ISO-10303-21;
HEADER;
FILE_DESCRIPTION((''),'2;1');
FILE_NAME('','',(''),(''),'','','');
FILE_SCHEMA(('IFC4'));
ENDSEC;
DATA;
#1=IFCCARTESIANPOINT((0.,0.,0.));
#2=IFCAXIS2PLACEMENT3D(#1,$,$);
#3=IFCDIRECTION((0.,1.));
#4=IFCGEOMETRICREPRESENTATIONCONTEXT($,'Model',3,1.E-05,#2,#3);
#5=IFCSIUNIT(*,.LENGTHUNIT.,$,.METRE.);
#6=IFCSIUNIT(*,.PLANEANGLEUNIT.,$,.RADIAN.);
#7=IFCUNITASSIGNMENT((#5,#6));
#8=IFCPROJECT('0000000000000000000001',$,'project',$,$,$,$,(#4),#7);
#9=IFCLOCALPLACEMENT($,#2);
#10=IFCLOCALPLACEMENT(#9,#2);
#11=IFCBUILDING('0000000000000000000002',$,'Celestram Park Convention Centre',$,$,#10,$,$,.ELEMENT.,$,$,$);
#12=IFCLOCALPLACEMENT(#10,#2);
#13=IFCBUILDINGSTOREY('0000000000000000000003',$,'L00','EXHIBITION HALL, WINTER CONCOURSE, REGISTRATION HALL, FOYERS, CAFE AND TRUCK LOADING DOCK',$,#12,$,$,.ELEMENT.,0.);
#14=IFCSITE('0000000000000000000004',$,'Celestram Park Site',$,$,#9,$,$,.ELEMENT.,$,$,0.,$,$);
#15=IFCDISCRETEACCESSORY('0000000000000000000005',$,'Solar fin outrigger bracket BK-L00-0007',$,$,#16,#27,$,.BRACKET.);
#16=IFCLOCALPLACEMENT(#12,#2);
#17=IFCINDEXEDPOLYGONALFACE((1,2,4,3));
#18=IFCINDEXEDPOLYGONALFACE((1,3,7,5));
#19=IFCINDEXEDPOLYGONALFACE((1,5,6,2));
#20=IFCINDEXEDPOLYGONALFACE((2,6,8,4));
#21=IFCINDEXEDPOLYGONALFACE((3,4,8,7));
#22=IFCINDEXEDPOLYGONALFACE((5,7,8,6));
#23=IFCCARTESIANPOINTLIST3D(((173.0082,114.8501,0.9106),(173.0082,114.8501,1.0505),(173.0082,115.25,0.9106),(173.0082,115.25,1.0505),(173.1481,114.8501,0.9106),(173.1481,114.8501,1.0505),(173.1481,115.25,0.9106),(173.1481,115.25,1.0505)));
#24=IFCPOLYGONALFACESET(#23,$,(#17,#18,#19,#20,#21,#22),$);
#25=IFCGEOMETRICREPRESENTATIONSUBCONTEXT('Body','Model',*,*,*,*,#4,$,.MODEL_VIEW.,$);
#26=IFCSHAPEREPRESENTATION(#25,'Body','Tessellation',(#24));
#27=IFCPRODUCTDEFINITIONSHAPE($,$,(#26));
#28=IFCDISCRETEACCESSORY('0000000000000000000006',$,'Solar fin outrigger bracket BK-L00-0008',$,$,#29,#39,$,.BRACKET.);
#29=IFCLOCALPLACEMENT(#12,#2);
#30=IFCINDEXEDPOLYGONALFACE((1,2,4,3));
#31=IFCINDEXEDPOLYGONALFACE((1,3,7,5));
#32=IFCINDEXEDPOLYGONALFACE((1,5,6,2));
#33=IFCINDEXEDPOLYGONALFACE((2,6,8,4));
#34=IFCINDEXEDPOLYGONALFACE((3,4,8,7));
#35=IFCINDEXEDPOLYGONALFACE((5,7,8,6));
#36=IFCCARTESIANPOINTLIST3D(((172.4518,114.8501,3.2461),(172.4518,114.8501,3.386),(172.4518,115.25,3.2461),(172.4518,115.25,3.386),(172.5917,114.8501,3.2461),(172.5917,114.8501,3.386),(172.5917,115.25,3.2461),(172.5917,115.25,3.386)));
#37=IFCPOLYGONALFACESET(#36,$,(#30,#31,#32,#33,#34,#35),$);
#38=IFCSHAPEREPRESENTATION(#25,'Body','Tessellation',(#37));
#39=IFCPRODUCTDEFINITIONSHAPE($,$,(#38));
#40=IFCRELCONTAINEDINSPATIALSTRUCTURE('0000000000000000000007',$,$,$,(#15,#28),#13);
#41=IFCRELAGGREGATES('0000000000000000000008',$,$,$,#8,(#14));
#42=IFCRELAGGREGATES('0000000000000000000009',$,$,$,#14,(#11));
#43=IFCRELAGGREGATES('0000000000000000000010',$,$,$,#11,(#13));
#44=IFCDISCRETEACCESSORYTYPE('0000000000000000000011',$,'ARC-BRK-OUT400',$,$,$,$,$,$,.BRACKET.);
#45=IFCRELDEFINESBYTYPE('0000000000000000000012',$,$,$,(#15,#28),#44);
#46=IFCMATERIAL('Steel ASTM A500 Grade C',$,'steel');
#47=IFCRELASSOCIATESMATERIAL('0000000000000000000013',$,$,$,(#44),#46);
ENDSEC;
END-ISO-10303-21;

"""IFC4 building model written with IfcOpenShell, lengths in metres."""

from ifc_helpers import new_model, si_unit, direction, frame, origin, origin_2d, place, context, subcontext, project, spatial, rectangle, extrude, material, type_object, element, save


model = new_model("IFC4")

# Units and contexts
model_context = context("Model", 3, precision=1e-05, world=origin(), true_north=direction((0.0, 1.0)))
body_context = subcontext(model_context, "Body", "Model", "MODEL_VIEW")
ifc_project = project(units=[si_unit("LENGTHUNIT", "METRE"), si_unit("PLANEANGLEUNIT", "RADIAN")], contexts=[model_context])

# Site, building, storey
site_placement = place(None, origin())
site = spatial("IfcSite", under=ifc_project, at=site_placement, Name="Celestram Park Site", CompositionType="ELEMENT", RefElevation=0.0)
building_placement = place(site_placement, origin())
building = spatial("IfcBuilding", under=site, at=building_placement, Name="Celestram Park Convention Centre", CompositionType="ELEMENT")
storey_placement = place(building_placement, origin())
storey = spatial("IfcBuildingStorey", under=building, at=storey_placement, Name="L00", Description="EXHIBITION HALL, WINTER CONCOURSE, REGISTRATION HALL, FOYERS, CAFE AND TRUCK LOADING DOCK", CompositionType="ELEMENT", Elevation=0.0)

# Shared definitions
ifc_material_1 = material(Name="Steel ASTM A500 Grade C", Category="steel")

# Discrete accessories
discrete_accessory_type = type_object("IfcDiscreteAccessoryType", Name="ARC-BRK-OUT400", PredefinedType="BRACKET", material=ifc_material_1)
for number, where, z_axis, x_axis, name in (
    (1, (173.0781, 115.05, 0.9106), (0.0, 0.0, 1.0), (0.0, -1.0, 0.0), "Solar fin outrigger bracket BK-L00-0007"),
    (2, (172.5217, 115.05, 3.2461), (0.0, 0.0, 1.0), (0.0, -1.0, 0.0), "Solar fin outrigger bracket BK-L00-0008"),
):
    element("IfcDiscreteAccessory", number, at=place(storey_placement, frame(where, z_axis=z_axis, x_axis=x_axis)), inside=storey, type_object=discrete_accessory_type, Name=name, PredefinedType="BRACKET", context=body_context, shape_type="SweptSolid", body=[
        extrude(rectangle(XDim=0.3999, YDim=0.1399, at=origin_2d()), origin(), (0.0, 0.0, 1.0), 0.1399),
    ])

save(model, "model.ifc")
